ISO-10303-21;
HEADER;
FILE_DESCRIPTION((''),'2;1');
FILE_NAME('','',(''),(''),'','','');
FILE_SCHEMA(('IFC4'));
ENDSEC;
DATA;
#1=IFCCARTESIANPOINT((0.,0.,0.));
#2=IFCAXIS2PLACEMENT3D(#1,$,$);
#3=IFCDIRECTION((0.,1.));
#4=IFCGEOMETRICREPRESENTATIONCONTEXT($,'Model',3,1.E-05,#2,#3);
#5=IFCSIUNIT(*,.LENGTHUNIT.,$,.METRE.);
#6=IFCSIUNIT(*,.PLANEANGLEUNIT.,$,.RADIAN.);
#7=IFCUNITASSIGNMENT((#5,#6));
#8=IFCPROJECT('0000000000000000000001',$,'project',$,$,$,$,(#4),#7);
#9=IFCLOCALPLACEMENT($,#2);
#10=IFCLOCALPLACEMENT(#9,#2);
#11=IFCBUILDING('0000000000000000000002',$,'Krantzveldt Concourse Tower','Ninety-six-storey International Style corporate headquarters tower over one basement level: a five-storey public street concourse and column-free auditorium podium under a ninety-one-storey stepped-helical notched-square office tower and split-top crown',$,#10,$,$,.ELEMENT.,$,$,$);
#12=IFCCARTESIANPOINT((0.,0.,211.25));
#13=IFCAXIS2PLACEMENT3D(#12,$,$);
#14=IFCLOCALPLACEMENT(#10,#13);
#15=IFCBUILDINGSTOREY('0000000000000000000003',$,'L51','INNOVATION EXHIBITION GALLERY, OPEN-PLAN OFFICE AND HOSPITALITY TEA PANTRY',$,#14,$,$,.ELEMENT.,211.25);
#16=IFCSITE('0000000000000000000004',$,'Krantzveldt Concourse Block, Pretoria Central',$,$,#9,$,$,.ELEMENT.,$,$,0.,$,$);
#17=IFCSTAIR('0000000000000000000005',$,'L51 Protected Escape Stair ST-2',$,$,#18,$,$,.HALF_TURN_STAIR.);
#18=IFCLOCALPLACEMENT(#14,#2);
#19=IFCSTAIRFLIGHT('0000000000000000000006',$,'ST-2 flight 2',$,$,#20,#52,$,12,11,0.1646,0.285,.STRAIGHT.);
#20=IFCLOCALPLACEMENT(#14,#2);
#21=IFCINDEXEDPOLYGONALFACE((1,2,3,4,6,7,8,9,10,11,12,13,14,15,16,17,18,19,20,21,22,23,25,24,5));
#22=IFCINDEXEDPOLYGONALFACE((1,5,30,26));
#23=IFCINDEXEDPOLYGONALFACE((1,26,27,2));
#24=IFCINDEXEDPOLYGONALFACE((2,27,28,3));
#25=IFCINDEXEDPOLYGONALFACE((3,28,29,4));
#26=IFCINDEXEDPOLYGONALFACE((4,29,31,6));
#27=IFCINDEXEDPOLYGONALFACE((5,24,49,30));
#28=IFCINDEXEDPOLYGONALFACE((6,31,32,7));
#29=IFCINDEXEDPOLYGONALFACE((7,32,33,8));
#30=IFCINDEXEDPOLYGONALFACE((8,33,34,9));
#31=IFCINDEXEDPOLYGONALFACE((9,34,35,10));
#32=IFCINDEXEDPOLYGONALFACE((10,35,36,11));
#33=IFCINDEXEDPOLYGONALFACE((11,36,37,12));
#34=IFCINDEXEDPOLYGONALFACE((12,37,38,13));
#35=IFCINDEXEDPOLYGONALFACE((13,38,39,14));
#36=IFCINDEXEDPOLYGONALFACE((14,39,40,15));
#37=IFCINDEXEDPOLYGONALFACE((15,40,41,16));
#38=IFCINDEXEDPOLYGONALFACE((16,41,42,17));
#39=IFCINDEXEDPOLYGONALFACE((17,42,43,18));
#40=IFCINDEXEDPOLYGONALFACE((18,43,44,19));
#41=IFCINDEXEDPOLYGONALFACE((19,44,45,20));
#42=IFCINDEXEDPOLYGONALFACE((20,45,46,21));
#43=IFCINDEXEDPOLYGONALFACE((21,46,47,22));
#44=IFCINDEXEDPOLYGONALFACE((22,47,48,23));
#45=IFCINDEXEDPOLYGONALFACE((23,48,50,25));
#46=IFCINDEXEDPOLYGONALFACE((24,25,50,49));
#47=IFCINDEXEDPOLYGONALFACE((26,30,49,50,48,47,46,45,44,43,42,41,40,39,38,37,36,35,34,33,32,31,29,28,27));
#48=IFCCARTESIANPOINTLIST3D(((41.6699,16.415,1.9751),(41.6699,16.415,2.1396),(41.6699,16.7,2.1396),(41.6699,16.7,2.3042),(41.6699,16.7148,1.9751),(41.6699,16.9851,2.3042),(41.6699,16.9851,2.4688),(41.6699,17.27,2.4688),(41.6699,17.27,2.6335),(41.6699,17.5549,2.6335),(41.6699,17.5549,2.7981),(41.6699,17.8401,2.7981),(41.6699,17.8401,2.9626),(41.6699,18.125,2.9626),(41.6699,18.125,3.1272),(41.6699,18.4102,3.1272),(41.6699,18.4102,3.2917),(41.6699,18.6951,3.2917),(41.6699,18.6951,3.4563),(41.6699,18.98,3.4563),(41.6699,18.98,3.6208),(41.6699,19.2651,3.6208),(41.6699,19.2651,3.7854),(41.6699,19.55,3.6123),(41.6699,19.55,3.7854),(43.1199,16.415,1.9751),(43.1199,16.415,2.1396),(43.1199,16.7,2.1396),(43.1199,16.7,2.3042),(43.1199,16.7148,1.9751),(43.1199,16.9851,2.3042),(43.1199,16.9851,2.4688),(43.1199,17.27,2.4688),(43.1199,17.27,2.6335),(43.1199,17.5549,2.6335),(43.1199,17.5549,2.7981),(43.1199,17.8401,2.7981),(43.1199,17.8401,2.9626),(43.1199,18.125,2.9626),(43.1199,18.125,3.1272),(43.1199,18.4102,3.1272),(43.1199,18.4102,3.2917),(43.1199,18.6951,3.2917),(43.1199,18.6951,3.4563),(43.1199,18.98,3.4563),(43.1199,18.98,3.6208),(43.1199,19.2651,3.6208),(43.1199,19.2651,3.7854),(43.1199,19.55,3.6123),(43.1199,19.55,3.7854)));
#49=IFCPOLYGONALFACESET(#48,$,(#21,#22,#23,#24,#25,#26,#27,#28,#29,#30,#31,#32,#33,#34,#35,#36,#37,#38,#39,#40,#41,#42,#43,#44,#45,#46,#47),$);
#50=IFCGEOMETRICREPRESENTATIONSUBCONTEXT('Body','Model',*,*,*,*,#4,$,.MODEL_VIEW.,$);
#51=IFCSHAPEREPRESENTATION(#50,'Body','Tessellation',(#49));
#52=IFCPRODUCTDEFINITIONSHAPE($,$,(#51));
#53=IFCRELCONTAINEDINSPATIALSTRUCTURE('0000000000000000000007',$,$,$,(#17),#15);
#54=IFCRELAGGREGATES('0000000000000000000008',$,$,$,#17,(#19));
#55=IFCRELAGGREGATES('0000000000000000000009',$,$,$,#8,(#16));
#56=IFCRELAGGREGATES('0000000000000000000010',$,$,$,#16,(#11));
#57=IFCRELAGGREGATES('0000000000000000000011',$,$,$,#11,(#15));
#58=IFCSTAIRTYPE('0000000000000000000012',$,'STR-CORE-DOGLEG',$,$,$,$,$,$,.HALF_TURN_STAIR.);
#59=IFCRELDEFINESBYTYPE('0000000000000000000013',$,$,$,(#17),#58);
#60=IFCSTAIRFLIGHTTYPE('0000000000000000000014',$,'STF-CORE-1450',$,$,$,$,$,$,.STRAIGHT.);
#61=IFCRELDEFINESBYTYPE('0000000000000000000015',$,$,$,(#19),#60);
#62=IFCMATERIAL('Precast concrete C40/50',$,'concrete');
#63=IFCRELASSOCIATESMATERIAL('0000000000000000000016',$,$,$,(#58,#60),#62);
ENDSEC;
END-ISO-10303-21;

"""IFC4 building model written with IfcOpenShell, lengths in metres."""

from ifc_helpers import new_model, si_unit, direction, frame, origin, place, context, subcontext, project, spatial, polyline, outline, extrude, material, type_object, element, aggregate, save


model = new_model("IFC4")

# Units and contexts
model_context = context("Model", 3, precision=1e-05, world=origin(), true_north=direction((0.0, 1.0)))
body_context = subcontext(model_context, "Body", "Model", "MODEL_VIEW")
ifc_project = project(units=[si_unit("LENGTHUNIT", "METRE"), si_unit("PLANEANGLEUNIT", "RADIAN")], contexts=[model_context])

# Site, building, storey
site_placement = place(None, origin())
site = spatial("IfcSite", under=ifc_project, at=site_placement, Name="Krantzveldt Concourse Block, Pretoria Central", CompositionType="ELEMENT", RefElevation=0.0)
building_placement = place(site_placement, origin())
building = spatial("IfcBuilding", under=site, at=building_placement, Name="Krantzveldt Concourse Tower", Description="Ninety-six-storey International Style corporate headquarters tower over one basement level: a five-storey public street concourse and column-free auditorium podium under a ninety-one-storey stepped-helical notched-square office tower and split-top crown", CompositionType="ELEMENT")
storey_placement = place(building_placement, frame((0.0, 0.0, 211.25)))
storey = spatial("IfcBuildingStorey", under=building, at=storey_placement, Name="L51", Description="INNOVATION EXHIBITION GALLERY, OPEN-PLAN OFFICE AND HOSPITALITY TEA PANTRY", CompositionType="ELEMENT", Elevation=211.25)

# Stair, stair flight
ifc_material_1 = material(Name="Precast concrete C40/50", Category="concrete")
stair_type = type_object("IfcStairType", Name="STR-CORE-DOGLEG", PredefinedType="HALF_TURN_STAIR", material=ifc_material_1)
stair_placement = place(storey_placement, origin())
stair = element("IfcStair", 1, at=stair_placement, inside=storey, type_object=stair_type, Name="L51 Protected Escape Stair ST-2", PredefinedType="HALF_TURN_STAIR")
stair_flight_type = type_object("IfcStairFlightType", Name="STF-CORE-1450", PredefinedType="STRAIGHT", material=ifc_material_1)
stair_flight_1_placement = place(storey_placement, frame((42.395, 16.415, 1.9751), z_axis=(0.0, 0.0, 1.0), x_axis=(0.0, 1.0, 0.0)))
stair_flight_1 = element("IfcStairFlight", 2, at=stair_flight_1_placement, type_object=stair_flight_type, Name="ST-2 flight 2", NumberOfRisers=12, NumberOfTreads=11, PredefinedType="STRAIGHT", RiserHeight=0.1646, TreadLength=0.285, context=body_context, shape_type="SweptSolid", body=[
    extrude(outline(polyline([(0.0, 0.0), (0.0, 0.1646), (0.2849, 0.1646), (0.2849, 0.3291), (0.5701, 0.3291), (0.5701, 0.4937), (0.855, 0.4937), (0.855, 0.6584), (1.1399, 0.6584), (1.1399, 0.823), (1.425, 0.823), (1.425, 0.9875), (1.71, 0.9875), (1.71, 1.1521), (1.9951, 1.1521), (1.9951, 1.3167), (2.28, 1.3167), (2.28, 1.4812), (2.5649, 1.4812), (2.5649, 1.6458), (2.8501, 1.6458), (2.8501, 1.8103), (3.135, 1.8103), (3.135, 1.9751), (3.135, 1.6372), (0.2998, 0.0), (0.0, 0.0)])), frame((0.0, 0.7251, 0.0), z_axis=(0.0, -1.0, 0.0), x_axis=(1.0, 0.0, 0.0)), (0.0, 0.0, 1.0), 1.45),
])
aggregate(stair, [stair_flight_1])

save(model, "model.ifc")
